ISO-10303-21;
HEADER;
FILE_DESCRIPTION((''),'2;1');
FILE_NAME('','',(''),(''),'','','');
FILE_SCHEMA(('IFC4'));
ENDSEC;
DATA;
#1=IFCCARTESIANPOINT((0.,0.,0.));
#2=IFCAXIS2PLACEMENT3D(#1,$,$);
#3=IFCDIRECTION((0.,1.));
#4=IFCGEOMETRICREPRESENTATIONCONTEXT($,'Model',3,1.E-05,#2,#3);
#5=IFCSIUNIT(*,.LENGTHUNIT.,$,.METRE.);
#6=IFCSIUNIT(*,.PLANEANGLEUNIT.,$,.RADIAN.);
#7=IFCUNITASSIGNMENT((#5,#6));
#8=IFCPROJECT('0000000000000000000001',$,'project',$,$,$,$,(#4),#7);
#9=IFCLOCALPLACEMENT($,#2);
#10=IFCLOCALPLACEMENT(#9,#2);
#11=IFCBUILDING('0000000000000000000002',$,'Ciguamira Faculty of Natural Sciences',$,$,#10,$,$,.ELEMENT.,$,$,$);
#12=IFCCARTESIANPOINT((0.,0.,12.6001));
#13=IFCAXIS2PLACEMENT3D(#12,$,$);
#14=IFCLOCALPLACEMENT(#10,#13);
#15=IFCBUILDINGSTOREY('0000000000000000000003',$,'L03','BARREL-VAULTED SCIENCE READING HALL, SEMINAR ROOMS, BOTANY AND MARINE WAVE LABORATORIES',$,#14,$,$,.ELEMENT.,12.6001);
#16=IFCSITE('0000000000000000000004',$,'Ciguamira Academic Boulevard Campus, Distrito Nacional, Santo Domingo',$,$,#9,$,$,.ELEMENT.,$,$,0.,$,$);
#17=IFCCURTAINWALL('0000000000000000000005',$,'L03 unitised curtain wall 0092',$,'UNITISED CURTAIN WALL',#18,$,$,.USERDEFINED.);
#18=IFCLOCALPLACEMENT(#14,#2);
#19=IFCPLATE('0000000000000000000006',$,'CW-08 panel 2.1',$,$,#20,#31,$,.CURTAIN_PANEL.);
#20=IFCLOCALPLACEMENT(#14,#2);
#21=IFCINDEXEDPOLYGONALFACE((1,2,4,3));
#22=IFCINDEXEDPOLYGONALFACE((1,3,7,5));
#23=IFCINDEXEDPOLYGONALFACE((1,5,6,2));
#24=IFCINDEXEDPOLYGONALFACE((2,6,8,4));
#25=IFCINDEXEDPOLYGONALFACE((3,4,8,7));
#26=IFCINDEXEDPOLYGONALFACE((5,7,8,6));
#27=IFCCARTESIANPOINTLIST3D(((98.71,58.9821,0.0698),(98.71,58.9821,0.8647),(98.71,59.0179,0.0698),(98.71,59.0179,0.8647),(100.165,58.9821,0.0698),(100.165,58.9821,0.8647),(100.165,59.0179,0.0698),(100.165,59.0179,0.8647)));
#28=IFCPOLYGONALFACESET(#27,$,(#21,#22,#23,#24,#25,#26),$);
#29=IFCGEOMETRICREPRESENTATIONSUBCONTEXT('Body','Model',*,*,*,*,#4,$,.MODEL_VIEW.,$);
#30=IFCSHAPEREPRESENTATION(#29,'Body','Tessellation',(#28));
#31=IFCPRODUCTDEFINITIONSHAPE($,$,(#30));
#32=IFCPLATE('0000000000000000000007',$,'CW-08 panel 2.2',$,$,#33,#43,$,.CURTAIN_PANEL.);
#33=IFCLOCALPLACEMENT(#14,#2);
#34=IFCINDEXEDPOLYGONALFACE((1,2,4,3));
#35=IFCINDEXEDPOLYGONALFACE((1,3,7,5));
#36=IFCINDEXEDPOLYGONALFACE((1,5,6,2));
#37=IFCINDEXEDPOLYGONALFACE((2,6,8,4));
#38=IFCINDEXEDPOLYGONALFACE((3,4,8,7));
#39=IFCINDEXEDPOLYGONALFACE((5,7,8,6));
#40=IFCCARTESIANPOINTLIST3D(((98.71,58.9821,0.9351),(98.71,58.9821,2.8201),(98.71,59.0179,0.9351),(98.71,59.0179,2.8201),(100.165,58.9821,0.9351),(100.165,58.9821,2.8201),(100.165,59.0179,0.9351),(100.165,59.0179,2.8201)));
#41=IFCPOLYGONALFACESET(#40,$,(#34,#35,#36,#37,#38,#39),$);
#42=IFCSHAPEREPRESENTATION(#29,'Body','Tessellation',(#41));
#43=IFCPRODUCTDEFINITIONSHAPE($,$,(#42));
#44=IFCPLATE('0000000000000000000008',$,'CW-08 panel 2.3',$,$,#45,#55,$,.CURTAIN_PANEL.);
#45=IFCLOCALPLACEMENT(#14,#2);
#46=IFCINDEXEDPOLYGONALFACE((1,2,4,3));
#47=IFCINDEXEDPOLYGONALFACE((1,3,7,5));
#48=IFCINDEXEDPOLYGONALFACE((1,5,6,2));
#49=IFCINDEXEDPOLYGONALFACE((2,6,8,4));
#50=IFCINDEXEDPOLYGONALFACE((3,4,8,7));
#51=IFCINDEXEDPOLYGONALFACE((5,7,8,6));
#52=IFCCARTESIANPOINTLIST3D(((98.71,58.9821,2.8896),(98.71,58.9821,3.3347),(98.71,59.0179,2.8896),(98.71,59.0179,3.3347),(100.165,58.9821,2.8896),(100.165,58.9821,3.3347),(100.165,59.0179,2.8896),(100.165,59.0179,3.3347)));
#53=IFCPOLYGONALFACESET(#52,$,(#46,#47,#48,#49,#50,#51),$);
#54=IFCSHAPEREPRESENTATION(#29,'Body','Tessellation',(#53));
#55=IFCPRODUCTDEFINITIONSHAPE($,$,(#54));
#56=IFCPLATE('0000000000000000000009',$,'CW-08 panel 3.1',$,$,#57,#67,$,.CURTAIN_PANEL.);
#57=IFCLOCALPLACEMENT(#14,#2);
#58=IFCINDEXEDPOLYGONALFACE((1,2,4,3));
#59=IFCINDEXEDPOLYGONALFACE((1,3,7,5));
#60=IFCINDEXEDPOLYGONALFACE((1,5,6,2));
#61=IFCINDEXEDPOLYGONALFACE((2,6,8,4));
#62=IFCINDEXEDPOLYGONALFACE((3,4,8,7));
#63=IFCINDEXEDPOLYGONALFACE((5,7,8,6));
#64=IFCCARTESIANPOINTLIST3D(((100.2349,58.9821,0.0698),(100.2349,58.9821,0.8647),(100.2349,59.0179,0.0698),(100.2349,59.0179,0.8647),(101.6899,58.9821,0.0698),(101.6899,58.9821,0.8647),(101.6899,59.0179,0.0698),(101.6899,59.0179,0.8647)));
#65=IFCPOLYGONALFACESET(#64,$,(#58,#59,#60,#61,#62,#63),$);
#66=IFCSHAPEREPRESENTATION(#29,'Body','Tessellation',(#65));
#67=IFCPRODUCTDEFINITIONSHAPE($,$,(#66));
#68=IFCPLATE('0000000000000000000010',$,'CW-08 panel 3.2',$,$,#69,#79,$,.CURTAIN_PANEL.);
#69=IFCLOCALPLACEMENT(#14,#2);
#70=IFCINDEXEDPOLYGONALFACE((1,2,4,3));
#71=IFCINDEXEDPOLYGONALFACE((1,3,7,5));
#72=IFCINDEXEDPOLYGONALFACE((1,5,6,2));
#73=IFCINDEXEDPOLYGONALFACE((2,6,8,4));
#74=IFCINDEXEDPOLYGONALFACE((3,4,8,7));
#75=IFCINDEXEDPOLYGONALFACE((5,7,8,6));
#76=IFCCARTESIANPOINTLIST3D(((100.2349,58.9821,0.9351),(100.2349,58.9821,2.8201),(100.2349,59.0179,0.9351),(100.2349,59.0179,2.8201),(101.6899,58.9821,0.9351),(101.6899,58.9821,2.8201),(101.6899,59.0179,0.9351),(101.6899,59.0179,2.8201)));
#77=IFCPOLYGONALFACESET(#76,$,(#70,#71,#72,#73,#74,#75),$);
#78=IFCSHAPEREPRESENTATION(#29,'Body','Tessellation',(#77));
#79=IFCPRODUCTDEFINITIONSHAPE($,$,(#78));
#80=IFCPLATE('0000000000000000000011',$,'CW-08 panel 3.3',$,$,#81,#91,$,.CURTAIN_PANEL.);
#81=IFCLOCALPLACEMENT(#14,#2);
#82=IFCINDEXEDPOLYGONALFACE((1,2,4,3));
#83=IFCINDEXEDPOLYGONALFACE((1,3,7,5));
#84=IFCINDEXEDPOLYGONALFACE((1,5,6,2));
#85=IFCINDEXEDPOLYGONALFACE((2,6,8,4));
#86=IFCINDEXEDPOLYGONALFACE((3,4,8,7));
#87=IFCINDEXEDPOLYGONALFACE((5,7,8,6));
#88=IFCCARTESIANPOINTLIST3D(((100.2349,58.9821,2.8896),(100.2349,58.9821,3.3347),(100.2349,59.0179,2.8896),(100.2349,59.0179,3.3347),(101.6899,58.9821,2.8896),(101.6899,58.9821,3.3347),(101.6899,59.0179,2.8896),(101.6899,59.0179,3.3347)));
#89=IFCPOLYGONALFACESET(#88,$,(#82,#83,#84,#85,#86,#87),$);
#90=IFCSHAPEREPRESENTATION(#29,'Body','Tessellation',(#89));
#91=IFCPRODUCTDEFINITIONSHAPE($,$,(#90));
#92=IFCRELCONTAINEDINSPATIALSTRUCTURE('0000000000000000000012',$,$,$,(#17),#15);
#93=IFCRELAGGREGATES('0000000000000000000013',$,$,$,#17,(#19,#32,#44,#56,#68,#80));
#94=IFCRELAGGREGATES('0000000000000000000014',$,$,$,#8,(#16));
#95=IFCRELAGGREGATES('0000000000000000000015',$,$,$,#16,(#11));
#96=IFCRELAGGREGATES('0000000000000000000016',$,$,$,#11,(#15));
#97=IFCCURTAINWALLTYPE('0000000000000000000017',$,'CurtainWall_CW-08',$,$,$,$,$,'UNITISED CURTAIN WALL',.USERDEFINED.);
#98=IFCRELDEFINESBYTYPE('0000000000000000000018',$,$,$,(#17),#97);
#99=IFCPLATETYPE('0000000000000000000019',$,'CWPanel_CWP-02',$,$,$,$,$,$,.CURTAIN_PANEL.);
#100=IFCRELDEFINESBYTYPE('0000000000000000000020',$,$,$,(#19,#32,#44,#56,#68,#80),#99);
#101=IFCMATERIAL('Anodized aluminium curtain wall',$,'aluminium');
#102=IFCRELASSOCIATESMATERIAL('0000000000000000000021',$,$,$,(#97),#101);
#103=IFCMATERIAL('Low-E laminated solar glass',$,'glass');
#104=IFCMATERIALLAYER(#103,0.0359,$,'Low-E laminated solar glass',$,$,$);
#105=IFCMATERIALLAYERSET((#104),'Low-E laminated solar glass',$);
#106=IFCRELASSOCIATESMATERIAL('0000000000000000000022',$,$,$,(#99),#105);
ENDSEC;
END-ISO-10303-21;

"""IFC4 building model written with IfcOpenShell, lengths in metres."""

from ifc_helpers import new_model, si_unit, direction, frame, origin, origin_2d, place, context, subcontext, project, spatial, rectangle, extrude, material, layer, layer_set, type_object, element, aggregate, save


model = new_model("IFC4")

# Units and contexts
model_context = context("Model", 3, precision=1e-05, world=origin(), true_north=direction((0.0, 1.0)))
body_context = subcontext(model_context, "Body", "Model", "MODEL_VIEW")
ifc_project = project(units=[si_unit("LENGTHUNIT", "METRE"), si_unit("PLANEANGLEUNIT", "RADIAN")], contexts=[model_context])

# Site, building, storey
site_placement = place(None, origin())
site = spatial("IfcSite", under=ifc_project, at=site_placement, Name="Ciguamira Academic Boulevard Campus, Distrito Nacional, Santo Domingo", CompositionType="ELEMENT", RefElevation=0.0)
building_placement = place(site_placement, origin())
building = spatial("IfcBuilding", under=site, at=building_placement, Name="Ciguamira Faculty of Natural Sciences", CompositionType="ELEMENT")
storey_placement = place(building_placement, frame((0.0, 0.0, 12.6001)))
storey = spatial("IfcBuildingStorey", under=building, at=storey_placement, Name="L03", Description="BARREL-VAULTED SCIENCE READING HALL, SEMINAR ROOMS, BOTANY AND MARINE WAVE LABORATORIES", CompositionType="ELEMENT", Elevation=12.6001)

# Curtain wall, plates
ifc_material_1 = material(Name="Anodized aluminium curtain wall", Category="aluminium")
curtain_wall_type = type_object("IfcCurtainWallType", Name="CurtainWall_CW-08", ElementType="UNITISED CURTAIN WALL", PredefinedType="USERDEFINED", material=ifc_material_1)
curtain_wall_placement = place(storey_placement, origin())
curtain_wall = element("IfcCurtainWall", 1, at=curtain_wall_placement, inside=storey, type_object=curtain_wall_type, Name="L03 unitised curtain wall 0092", ObjectType="UNITISED CURTAIN WALL", PredefinedType="USERDEFINED")
ifc_material_2 = material(Name="Low-E laminated solar glass", Category="glass")
ifc_layer = layer(ifc_material_2, 0.0359, Name="Low-E laminated solar glass")
ifc_layer_set = layer_set([ifc_layer], Name="Low-E laminated solar glass")
plate_type = type_object("IfcPlateType", Name="CWPanel_CWP-02", PredefinedType="CURTAIN_PANEL", material=ifc_layer_set)
plate_1_placement = place(storey_placement, frame((99.4375, 59.0, 0.0698), z_axis=(0.0, 0.0, 1.0), x_axis=(1.0, 0.0, 0.0)))
plate_1 = element("IfcPlate", 2, at=plate_1_placement, type_object=plate_type, Name="CW-08 panel 2.1", PredefinedType="CURTAIN_PANEL", context=body_context, shape_type="SweptSolid", body=[
    extrude(rectangle(XDim=1.4551, YDim=0.0359, at=origin_2d()), origin(), (0.0, 0.0, 1.0), 0.7949),
])
plate_2_placement = place(storey_placement, frame((99.4375, 59.0, 0.9351), z_axis=(0.0, 0.0, 1.0), x_axis=(1.0, 0.0, 0.0)))
plate_2 = element("IfcPlate", 3, at=plate_2_placement, type_object=plate_type, Name="CW-08 panel 2.2", PredefinedType="CURTAIN_PANEL", context=body_context, shape_type="SweptSolid", body=[
    extrude(rectangle(XDim=1.4551, YDim=0.0359, at=origin_2d()), origin(), (0.0, 0.0, 1.0), 1.885),
])
plate_3_placement = place(storey_placement, frame((99.4375, 59.0, 2.8896), z_axis=(0.0, 0.0, 1.0), x_axis=(1.0, 0.0, 0.0)))
plate_3 = element("IfcPlate", 4, at=plate_3_placement, type_object=plate_type, Name="CW-08 panel 2.3", PredefinedType="CURTAIN_PANEL", context=body_context, shape_type="SweptSolid", body=[
    extrude(rectangle(XDim=1.4551, YDim=0.0359, at=origin_2d()), origin(), (0.0, 0.0, 1.0), 0.4451),
])
plate_4_placement = place(storey_placement, frame((100.9624, 59.0, 0.0698), z_axis=(0.0, 0.0, 1.0), x_axis=(1.0, 0.0, 0.0)))
plate_4 = element("IfcPlate", 5, at=plate_4_placement, type_object=plate_type, Name="CW-08 panel 3.1", PredefinedType="CURTAIN_PANEL", context=body_context, shape_type="SweptSolid", body=[
    extrude(rectangle(XDim=1.4551, YDim=0.0359, at=origin_2d()), origin(), (0.0, 0.0, 1.0), 0.7949),
])
plate_5_placement = place(storey_placement, frame((100.9624, 59.0, 0.9351), z_axis=(0.0, 0.0, 1.0), x_axis=(1.0, 0.0, 0.0)))
plate_5 = element("IfcPlate", 6, at=plate_5_placement, type_object=plate_type, Name="CW-08 panel 3.2", PredefinedType="CURTAIN_PANEL", context=body_context, shape_type="SweptSolid", body=[
    extrude(rectangle(XDim=1.4551, YDim=0.0359, at=origin_2d()), origin(), (0.0, 0.0, 1.0), 1.885),
])
plate_6_placement = place(storey_placement, frame((100.9624, 59.0, 2.8896), z_axis=(0.0, 0.0, 1.0), x_axis=(1.0, 0.0, 0.0)))
plate_6 = element("IfcPlate", 7, at=plate_6_placement, type_object=plate_type, Name="CW-08 panel 3.3", PredefinedType="CURTAIN_PANEL", context=body_context, shape_type="SweptSolid", body=[
    extrude(rectangle(XDim=1.4551, YDim=0.0359, at=origin_2d()), origin(), (0.0, 0.0, 1.0), 0.4451),
])
aggregate(curtain_wall, [plate_1, plate_2, plate_3, plate_4, plate_5, plate_6])

save(model, "model.ifc")
